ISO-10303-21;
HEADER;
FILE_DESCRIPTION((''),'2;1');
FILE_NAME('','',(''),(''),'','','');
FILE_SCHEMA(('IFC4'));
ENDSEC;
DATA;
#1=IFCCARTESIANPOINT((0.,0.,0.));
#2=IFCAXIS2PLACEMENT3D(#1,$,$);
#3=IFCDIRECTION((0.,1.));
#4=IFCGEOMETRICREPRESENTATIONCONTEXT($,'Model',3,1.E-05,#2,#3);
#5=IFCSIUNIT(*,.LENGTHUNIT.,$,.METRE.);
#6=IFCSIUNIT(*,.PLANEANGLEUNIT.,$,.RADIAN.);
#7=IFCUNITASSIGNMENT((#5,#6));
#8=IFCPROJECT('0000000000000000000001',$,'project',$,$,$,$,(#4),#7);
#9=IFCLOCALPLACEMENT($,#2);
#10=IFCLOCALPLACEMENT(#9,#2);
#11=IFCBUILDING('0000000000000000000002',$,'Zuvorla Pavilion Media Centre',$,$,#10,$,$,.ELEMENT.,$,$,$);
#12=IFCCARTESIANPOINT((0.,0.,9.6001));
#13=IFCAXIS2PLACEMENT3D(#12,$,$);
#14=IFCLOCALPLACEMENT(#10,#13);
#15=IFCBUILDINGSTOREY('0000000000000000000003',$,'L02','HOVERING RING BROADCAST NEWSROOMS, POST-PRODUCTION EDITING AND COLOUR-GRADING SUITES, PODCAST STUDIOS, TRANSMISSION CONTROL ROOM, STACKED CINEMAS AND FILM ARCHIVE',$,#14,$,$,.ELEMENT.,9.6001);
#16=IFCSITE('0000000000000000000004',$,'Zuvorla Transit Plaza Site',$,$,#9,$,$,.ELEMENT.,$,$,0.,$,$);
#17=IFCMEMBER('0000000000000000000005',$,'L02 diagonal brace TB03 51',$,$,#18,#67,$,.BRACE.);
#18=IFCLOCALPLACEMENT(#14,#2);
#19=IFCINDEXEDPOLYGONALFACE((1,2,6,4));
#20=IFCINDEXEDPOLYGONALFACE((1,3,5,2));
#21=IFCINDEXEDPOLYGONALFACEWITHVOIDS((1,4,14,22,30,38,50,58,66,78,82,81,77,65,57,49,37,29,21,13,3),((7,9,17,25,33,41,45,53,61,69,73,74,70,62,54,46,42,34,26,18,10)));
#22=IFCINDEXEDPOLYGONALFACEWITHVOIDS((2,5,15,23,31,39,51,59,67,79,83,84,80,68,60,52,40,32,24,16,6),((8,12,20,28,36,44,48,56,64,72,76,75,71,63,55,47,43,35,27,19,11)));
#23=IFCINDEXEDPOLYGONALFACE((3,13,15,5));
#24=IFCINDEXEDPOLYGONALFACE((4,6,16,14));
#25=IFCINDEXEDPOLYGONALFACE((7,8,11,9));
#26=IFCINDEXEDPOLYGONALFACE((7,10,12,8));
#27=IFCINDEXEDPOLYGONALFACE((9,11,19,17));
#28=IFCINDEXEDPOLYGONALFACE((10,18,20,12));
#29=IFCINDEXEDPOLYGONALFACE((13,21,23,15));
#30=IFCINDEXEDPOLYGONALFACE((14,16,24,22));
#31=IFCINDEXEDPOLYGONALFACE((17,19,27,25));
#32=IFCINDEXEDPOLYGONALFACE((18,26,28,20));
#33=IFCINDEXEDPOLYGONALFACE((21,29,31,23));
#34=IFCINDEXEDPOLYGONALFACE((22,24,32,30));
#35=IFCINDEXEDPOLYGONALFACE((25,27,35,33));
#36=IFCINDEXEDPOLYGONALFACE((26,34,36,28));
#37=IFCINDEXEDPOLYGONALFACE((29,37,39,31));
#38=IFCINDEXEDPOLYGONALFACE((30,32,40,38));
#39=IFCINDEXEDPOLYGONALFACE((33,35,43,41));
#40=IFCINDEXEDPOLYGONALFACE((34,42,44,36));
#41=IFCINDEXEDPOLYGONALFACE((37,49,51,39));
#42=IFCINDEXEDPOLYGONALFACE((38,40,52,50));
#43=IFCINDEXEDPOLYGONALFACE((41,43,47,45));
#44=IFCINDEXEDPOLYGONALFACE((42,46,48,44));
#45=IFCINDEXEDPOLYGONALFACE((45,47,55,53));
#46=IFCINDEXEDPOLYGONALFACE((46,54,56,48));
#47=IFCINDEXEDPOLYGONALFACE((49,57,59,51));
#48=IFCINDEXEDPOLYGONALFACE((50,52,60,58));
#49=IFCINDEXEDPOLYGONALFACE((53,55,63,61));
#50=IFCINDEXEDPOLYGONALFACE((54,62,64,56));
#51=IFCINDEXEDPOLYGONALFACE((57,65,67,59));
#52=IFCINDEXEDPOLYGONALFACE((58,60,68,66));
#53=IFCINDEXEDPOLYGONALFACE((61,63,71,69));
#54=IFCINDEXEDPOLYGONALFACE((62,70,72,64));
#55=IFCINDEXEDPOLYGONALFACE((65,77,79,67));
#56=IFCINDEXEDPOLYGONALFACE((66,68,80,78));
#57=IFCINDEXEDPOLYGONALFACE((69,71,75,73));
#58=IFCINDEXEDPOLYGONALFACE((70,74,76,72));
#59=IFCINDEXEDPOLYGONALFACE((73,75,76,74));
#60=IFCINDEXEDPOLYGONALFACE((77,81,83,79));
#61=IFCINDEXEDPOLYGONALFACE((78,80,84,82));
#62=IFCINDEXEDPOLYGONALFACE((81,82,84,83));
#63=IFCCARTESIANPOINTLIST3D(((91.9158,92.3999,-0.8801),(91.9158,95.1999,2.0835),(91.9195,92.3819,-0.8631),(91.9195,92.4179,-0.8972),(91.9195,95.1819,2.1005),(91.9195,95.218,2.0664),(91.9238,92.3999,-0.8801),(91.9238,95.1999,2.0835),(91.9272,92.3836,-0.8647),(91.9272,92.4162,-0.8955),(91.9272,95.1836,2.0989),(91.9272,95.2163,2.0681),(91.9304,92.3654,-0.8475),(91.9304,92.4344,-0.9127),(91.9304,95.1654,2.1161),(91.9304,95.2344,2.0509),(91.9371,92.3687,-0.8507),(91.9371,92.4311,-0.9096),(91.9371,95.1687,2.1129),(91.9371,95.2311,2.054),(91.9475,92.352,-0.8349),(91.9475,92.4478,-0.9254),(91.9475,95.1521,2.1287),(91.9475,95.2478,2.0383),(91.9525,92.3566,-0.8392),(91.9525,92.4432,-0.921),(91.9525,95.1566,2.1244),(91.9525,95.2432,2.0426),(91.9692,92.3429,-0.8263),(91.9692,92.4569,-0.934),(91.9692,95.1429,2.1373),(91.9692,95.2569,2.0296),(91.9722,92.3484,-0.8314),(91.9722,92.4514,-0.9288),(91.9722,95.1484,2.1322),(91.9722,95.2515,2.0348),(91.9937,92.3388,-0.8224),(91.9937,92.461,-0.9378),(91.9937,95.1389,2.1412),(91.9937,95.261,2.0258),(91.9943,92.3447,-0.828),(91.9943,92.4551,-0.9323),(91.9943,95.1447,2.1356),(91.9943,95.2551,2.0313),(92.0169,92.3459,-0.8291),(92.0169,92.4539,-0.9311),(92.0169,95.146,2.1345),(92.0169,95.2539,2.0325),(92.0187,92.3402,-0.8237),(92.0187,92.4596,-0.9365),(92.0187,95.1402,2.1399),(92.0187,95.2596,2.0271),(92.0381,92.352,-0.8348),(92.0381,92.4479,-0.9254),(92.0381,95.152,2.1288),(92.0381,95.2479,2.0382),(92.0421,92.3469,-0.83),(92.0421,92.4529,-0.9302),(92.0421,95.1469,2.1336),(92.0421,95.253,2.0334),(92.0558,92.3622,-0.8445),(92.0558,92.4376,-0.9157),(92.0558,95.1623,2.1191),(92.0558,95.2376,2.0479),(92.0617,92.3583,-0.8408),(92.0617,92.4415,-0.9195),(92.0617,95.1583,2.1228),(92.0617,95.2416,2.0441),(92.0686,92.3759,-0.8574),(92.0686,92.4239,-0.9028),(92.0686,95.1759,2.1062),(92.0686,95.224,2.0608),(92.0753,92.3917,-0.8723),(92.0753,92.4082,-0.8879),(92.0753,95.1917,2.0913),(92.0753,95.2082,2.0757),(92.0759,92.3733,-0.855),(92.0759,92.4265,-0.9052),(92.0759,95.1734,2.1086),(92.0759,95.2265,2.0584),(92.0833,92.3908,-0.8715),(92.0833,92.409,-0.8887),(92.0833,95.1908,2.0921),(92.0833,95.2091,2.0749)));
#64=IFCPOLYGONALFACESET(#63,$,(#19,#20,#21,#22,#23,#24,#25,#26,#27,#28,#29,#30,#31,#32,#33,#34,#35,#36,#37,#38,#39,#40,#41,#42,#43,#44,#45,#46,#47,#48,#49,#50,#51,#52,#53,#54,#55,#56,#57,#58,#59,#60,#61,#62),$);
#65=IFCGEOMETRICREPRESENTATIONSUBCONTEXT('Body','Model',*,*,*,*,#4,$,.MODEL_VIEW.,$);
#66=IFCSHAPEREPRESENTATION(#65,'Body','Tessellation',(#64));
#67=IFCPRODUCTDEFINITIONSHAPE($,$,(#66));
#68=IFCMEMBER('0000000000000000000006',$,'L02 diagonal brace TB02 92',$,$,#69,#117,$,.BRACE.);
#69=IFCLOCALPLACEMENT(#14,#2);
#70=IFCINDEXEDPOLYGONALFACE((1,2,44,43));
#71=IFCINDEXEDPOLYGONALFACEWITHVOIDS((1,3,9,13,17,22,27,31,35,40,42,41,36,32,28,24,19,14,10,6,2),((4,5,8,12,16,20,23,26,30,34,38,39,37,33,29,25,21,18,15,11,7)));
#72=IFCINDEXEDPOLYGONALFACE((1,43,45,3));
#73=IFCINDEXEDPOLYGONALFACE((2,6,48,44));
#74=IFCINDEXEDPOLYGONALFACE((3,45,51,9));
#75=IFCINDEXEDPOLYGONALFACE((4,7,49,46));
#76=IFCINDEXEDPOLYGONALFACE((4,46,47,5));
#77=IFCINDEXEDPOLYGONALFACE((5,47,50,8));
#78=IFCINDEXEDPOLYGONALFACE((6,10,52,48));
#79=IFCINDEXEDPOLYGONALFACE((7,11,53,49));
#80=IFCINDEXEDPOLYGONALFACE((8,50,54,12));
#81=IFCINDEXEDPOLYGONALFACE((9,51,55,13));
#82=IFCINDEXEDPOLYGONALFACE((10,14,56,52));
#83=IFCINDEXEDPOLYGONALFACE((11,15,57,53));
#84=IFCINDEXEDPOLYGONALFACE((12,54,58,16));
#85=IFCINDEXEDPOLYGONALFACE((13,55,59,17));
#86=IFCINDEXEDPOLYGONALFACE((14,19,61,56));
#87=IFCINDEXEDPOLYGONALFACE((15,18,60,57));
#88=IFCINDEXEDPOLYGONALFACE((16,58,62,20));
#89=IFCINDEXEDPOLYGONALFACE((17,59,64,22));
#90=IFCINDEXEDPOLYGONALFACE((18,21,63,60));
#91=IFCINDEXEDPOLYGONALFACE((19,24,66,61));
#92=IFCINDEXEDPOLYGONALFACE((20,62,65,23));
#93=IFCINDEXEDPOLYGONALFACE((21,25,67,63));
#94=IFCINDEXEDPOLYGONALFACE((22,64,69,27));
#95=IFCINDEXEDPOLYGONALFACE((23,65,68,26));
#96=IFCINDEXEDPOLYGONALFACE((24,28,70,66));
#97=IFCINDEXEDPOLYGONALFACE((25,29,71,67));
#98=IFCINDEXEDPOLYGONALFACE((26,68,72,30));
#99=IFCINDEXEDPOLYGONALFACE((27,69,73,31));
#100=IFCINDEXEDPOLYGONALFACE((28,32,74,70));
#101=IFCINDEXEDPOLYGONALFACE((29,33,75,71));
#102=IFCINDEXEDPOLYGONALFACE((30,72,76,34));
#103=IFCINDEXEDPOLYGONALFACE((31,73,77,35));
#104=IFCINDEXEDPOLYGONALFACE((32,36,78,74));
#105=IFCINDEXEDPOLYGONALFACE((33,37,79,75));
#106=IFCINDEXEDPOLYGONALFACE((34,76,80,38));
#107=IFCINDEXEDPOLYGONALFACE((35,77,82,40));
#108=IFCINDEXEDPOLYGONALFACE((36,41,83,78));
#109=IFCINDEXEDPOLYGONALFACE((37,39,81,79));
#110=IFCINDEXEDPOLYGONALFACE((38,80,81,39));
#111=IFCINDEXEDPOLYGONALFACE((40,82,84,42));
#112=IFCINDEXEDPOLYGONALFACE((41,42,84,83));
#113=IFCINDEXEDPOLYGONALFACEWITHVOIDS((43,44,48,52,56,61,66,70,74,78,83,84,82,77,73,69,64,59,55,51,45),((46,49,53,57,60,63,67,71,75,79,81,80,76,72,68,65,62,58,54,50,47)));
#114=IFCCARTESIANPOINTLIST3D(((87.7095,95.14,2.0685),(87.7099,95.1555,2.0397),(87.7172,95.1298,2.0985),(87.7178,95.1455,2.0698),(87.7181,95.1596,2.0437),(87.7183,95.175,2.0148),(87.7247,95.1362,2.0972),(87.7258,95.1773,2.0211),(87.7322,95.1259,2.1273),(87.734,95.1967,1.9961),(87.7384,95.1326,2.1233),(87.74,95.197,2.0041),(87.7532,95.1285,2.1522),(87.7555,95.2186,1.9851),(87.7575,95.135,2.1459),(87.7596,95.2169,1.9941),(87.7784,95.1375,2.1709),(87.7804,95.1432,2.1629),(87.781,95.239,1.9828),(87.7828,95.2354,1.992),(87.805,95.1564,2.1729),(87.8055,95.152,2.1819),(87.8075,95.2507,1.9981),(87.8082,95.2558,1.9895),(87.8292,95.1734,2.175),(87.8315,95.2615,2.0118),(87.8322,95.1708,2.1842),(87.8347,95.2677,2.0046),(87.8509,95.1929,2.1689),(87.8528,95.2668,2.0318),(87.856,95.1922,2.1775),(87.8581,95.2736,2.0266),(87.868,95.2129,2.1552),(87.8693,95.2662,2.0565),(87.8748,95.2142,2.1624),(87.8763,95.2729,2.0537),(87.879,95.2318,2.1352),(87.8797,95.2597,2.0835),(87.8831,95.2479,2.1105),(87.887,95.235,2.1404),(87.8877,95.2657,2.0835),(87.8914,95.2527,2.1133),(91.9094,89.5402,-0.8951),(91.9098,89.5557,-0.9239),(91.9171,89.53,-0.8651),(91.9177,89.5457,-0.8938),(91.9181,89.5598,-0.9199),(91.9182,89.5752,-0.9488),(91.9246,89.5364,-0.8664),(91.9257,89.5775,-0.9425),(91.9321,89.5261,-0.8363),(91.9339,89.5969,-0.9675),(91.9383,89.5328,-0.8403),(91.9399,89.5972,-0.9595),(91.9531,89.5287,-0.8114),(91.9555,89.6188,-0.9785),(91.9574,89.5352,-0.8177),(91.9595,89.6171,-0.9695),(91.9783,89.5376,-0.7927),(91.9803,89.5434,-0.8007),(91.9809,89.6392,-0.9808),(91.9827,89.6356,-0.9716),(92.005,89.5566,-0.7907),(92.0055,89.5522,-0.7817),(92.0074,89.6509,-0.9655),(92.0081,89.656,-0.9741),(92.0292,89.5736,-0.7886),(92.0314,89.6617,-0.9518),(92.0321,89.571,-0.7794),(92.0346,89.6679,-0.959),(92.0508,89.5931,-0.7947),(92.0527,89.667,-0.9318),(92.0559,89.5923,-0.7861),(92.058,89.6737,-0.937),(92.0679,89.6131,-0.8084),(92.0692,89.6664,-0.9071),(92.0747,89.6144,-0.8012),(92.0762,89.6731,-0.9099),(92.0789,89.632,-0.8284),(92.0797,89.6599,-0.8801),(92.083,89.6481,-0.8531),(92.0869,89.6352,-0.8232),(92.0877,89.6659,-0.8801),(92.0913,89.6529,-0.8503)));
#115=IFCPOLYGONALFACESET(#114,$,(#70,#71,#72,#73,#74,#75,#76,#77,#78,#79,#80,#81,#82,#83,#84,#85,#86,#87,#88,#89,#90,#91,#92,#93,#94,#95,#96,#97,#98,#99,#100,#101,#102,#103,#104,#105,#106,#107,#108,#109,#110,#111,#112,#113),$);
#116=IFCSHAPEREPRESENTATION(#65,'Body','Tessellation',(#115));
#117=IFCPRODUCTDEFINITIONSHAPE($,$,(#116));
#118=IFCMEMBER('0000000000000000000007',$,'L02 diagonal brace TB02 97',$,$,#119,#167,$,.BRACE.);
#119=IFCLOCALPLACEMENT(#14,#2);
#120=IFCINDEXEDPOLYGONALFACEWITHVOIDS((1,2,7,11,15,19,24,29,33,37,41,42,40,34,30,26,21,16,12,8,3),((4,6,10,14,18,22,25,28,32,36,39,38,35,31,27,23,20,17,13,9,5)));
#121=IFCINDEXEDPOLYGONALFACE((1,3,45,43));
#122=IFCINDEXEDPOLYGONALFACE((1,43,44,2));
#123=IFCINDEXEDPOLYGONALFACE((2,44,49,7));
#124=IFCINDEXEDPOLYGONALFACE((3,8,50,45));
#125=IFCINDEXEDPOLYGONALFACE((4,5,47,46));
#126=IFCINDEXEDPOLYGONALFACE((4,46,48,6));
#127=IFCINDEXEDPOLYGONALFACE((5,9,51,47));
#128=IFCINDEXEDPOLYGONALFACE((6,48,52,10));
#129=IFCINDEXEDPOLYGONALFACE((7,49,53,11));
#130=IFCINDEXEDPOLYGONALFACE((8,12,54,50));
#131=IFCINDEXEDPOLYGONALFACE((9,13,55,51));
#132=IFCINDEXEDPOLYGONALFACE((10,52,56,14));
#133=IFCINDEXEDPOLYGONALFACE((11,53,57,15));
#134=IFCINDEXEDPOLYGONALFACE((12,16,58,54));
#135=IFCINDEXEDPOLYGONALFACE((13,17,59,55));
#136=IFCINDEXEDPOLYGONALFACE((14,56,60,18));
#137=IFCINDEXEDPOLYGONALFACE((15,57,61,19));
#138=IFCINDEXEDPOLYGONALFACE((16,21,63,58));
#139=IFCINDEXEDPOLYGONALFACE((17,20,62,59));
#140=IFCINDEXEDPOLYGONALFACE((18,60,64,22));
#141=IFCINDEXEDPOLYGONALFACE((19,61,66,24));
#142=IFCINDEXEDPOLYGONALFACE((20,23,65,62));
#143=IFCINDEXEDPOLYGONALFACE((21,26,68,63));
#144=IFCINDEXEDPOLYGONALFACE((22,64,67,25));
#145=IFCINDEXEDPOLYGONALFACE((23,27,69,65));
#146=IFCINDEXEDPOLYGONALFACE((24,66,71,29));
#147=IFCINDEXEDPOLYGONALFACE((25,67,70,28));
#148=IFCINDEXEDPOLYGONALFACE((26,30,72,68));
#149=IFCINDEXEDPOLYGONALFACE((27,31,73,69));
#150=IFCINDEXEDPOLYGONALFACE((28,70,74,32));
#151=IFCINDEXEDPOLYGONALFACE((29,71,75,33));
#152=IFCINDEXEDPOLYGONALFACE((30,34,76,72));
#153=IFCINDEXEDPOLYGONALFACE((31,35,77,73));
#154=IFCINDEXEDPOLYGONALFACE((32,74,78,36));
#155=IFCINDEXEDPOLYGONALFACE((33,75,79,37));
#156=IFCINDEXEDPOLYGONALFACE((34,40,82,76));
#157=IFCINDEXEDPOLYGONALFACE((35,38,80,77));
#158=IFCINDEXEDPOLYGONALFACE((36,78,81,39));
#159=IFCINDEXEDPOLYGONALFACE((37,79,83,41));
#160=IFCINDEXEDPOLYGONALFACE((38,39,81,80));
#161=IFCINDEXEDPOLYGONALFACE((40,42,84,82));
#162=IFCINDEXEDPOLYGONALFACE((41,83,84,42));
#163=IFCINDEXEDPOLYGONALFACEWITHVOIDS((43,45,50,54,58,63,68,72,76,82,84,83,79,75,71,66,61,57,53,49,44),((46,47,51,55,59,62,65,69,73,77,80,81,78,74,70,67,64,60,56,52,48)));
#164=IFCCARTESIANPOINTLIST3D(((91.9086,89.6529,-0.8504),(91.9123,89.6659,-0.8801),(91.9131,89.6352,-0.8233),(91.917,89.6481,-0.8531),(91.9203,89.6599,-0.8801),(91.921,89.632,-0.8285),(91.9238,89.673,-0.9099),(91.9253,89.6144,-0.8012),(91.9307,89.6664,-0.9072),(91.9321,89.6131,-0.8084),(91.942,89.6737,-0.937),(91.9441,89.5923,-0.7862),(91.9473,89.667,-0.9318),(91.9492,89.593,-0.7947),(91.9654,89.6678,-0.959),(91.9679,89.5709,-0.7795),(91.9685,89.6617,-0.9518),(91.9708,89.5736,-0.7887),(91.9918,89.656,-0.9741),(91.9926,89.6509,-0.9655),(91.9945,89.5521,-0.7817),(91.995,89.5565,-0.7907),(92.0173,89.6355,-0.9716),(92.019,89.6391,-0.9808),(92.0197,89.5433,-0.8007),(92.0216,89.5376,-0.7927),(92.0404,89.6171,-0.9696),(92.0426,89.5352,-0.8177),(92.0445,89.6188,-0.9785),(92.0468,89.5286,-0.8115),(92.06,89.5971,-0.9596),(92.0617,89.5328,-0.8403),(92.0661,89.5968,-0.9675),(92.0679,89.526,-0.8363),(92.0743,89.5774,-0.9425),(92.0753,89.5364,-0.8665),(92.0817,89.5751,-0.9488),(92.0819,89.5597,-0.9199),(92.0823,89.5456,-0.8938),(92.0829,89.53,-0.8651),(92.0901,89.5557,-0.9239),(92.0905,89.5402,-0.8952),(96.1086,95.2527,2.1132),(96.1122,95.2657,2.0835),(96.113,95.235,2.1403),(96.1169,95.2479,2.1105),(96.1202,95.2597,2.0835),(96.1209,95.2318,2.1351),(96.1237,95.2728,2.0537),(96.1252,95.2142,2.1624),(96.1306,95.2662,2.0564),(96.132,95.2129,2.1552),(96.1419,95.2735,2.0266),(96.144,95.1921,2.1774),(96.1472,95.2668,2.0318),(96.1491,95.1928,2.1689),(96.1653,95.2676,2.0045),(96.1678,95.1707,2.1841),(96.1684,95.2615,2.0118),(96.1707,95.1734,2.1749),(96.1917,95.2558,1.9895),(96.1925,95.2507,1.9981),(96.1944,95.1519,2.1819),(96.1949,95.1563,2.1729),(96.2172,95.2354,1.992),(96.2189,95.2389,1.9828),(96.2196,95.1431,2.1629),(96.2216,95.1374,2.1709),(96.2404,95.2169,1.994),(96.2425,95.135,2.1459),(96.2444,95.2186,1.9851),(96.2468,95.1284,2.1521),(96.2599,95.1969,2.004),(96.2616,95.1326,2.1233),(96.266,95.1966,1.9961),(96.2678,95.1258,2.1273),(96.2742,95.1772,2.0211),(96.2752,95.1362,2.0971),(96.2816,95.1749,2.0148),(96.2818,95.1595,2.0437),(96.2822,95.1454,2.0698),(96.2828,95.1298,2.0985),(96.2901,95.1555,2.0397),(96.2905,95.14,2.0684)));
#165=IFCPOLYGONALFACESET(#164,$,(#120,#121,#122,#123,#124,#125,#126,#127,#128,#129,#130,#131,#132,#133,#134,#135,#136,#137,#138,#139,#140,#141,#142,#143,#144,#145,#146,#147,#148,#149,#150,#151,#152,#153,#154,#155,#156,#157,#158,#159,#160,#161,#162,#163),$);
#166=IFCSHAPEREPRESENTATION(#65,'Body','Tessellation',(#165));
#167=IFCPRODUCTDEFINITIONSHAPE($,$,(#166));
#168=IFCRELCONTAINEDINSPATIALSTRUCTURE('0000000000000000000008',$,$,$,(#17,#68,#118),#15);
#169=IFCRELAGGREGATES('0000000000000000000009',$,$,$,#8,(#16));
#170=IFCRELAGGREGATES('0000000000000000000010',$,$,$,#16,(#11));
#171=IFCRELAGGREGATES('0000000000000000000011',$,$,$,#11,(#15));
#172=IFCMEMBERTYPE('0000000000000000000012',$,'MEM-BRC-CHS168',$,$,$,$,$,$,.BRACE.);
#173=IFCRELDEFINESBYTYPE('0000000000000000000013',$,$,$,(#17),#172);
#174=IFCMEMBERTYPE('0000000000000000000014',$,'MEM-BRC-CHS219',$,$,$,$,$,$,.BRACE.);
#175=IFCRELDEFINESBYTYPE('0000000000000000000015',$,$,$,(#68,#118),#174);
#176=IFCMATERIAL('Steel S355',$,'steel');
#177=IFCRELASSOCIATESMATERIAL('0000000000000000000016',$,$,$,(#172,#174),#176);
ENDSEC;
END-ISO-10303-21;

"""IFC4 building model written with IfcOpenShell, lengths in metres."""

from ifc_helpers import new_model, si_unit, direction, frame, origin, origin_2d, place, context, subcontext, project, spatial, hollow_circle, extrude, material, material_profile, profile_set, type_object, element, save


model = new_model("IFC4")

# Units and contexts
model_context = context("Model", 3, precision=1e-05, world=origin(), true_north=direction((0.0, 1.0)))
body_context = subcontext(model_context, "Body", "Model", "MODEL_VIEW")
ifc_project = project(units=[si_unit("LENGTHUNIT", "METRE"), si_unit("PLANEANGLEUNIT", "RADIAN")], contexts=[model_context])

# Site, building, storey
site_placement = place(None, origin())
site = spatial("IfcSite", under=ifc_project, at=site_placement, Name="Zuvorla Transit Plaza Site", CompositionType="ELEMENT", RefElevation=0.0)
building_placement = place(site_placement, origin())
building = spatial("IfcBuilding", under=site, at=building_placement, Name="Zuvorla Pavilion Media Centre", CompositionType="ELEMENT")
storey_placement = place(building_placement, frame((0.0, 0.0, 9.6001)))
storey = spatial("IfcBuildingStorey", under=building, at=storey_placement, Name="L02", Description="HOVERING RING BROADCAST NEWSROOMS, POST-PRODUCTION EDITING AND COLOUR-GRADING SUITES, PODCAST STUDIOS, TRANSMISSION CONTROL ROOM, STACKED CINEMAS AND FILM ARCHIVE", CompositionType="ELEMENT", Elevation=9.6001)

# Shared definitions
ifc_material_1 = material(Name="Steel S355", Category="steel")

# Members
ifc_material_profile_1 = material_profile(ifc_material_1, hollow_circle(Radius=0.0842, WallThickness=0.0081, at=origin_2d()), Name="CHS 168.3x8")
ifc_profile_set_1 = profile_set([ifc_material_profile_1], Name="Steel S355")
member_type_1 = type_object("IfcMemberType", Name="MEM-BRC-CHS168", PredefinedType="BRACE", material=ifc_profile_set_1)
member_1_placement = place(storey_placement, frame((92.0, 92.3999, -0.8801), z_axis=(0.0, 0.686762, 0.726882), x_axis=(-1.0, 0.0, 0.0)))
element("IfcMember", 1, at=member_1_placement, inside=storey, type_object=member_type_1, Name="L02 diagonal brace TB03 51", PredefinedType="BRACE", context=body_context, shape_type="SweptSolid", body=[
    extrude(hollow_circle(Radius=0.0842, WallThickness=0.0081, at=origin_2d()), origin(), (0.0, 0.0, 1.0), 4.0771),
])
ifc_material_profile_2 = material_profile(ifc_material_1, hollow_circle(Radius=0.1096, WallThickness=0.01, at=origin_2d()), Name="CHS 219.1x10")
ifc_profile_set_2 = profile_set([ifc_material_profile_2], Name="Steel S355")
member_type_2 = type_object("IfcMemberType", Name="MEM-BRC-CHS219", PredefinedType="BRACE", material=ifc_profile_set_2)
for number, where, z_axis, x_axis, name in (
    (2, (87.8, 95.2, 2.0835), (0.552525, -0.736689, -0.389879), (0.799996, 0.600006, 0.0), "L02 diagonal brace TB02 92"),
    (3, (92.0, 89.6001, -0.8801), (0.552525, 0.736689, 0.389879), (-0.799996, 0.600006, 0.0), "L02 diagonal brace TB02 97"),
):
    element("IfcMember", number, at=place(storey_placement, frame(where, z_axis=z_axis, x_axis=x_axis)), inside=storey, type_object=member_type_2, Name=name, PredefinedType="BRACE", context=body_context, shape_type="SweptSolid", body=[
        extrude(hollow_circle(Radius=0.1096, WallThickness=0.01, at=origin_2d()), origin(), (0.0, 0.0, 1.0), 7.6013),
    ])

save(model, "model.ifc")
